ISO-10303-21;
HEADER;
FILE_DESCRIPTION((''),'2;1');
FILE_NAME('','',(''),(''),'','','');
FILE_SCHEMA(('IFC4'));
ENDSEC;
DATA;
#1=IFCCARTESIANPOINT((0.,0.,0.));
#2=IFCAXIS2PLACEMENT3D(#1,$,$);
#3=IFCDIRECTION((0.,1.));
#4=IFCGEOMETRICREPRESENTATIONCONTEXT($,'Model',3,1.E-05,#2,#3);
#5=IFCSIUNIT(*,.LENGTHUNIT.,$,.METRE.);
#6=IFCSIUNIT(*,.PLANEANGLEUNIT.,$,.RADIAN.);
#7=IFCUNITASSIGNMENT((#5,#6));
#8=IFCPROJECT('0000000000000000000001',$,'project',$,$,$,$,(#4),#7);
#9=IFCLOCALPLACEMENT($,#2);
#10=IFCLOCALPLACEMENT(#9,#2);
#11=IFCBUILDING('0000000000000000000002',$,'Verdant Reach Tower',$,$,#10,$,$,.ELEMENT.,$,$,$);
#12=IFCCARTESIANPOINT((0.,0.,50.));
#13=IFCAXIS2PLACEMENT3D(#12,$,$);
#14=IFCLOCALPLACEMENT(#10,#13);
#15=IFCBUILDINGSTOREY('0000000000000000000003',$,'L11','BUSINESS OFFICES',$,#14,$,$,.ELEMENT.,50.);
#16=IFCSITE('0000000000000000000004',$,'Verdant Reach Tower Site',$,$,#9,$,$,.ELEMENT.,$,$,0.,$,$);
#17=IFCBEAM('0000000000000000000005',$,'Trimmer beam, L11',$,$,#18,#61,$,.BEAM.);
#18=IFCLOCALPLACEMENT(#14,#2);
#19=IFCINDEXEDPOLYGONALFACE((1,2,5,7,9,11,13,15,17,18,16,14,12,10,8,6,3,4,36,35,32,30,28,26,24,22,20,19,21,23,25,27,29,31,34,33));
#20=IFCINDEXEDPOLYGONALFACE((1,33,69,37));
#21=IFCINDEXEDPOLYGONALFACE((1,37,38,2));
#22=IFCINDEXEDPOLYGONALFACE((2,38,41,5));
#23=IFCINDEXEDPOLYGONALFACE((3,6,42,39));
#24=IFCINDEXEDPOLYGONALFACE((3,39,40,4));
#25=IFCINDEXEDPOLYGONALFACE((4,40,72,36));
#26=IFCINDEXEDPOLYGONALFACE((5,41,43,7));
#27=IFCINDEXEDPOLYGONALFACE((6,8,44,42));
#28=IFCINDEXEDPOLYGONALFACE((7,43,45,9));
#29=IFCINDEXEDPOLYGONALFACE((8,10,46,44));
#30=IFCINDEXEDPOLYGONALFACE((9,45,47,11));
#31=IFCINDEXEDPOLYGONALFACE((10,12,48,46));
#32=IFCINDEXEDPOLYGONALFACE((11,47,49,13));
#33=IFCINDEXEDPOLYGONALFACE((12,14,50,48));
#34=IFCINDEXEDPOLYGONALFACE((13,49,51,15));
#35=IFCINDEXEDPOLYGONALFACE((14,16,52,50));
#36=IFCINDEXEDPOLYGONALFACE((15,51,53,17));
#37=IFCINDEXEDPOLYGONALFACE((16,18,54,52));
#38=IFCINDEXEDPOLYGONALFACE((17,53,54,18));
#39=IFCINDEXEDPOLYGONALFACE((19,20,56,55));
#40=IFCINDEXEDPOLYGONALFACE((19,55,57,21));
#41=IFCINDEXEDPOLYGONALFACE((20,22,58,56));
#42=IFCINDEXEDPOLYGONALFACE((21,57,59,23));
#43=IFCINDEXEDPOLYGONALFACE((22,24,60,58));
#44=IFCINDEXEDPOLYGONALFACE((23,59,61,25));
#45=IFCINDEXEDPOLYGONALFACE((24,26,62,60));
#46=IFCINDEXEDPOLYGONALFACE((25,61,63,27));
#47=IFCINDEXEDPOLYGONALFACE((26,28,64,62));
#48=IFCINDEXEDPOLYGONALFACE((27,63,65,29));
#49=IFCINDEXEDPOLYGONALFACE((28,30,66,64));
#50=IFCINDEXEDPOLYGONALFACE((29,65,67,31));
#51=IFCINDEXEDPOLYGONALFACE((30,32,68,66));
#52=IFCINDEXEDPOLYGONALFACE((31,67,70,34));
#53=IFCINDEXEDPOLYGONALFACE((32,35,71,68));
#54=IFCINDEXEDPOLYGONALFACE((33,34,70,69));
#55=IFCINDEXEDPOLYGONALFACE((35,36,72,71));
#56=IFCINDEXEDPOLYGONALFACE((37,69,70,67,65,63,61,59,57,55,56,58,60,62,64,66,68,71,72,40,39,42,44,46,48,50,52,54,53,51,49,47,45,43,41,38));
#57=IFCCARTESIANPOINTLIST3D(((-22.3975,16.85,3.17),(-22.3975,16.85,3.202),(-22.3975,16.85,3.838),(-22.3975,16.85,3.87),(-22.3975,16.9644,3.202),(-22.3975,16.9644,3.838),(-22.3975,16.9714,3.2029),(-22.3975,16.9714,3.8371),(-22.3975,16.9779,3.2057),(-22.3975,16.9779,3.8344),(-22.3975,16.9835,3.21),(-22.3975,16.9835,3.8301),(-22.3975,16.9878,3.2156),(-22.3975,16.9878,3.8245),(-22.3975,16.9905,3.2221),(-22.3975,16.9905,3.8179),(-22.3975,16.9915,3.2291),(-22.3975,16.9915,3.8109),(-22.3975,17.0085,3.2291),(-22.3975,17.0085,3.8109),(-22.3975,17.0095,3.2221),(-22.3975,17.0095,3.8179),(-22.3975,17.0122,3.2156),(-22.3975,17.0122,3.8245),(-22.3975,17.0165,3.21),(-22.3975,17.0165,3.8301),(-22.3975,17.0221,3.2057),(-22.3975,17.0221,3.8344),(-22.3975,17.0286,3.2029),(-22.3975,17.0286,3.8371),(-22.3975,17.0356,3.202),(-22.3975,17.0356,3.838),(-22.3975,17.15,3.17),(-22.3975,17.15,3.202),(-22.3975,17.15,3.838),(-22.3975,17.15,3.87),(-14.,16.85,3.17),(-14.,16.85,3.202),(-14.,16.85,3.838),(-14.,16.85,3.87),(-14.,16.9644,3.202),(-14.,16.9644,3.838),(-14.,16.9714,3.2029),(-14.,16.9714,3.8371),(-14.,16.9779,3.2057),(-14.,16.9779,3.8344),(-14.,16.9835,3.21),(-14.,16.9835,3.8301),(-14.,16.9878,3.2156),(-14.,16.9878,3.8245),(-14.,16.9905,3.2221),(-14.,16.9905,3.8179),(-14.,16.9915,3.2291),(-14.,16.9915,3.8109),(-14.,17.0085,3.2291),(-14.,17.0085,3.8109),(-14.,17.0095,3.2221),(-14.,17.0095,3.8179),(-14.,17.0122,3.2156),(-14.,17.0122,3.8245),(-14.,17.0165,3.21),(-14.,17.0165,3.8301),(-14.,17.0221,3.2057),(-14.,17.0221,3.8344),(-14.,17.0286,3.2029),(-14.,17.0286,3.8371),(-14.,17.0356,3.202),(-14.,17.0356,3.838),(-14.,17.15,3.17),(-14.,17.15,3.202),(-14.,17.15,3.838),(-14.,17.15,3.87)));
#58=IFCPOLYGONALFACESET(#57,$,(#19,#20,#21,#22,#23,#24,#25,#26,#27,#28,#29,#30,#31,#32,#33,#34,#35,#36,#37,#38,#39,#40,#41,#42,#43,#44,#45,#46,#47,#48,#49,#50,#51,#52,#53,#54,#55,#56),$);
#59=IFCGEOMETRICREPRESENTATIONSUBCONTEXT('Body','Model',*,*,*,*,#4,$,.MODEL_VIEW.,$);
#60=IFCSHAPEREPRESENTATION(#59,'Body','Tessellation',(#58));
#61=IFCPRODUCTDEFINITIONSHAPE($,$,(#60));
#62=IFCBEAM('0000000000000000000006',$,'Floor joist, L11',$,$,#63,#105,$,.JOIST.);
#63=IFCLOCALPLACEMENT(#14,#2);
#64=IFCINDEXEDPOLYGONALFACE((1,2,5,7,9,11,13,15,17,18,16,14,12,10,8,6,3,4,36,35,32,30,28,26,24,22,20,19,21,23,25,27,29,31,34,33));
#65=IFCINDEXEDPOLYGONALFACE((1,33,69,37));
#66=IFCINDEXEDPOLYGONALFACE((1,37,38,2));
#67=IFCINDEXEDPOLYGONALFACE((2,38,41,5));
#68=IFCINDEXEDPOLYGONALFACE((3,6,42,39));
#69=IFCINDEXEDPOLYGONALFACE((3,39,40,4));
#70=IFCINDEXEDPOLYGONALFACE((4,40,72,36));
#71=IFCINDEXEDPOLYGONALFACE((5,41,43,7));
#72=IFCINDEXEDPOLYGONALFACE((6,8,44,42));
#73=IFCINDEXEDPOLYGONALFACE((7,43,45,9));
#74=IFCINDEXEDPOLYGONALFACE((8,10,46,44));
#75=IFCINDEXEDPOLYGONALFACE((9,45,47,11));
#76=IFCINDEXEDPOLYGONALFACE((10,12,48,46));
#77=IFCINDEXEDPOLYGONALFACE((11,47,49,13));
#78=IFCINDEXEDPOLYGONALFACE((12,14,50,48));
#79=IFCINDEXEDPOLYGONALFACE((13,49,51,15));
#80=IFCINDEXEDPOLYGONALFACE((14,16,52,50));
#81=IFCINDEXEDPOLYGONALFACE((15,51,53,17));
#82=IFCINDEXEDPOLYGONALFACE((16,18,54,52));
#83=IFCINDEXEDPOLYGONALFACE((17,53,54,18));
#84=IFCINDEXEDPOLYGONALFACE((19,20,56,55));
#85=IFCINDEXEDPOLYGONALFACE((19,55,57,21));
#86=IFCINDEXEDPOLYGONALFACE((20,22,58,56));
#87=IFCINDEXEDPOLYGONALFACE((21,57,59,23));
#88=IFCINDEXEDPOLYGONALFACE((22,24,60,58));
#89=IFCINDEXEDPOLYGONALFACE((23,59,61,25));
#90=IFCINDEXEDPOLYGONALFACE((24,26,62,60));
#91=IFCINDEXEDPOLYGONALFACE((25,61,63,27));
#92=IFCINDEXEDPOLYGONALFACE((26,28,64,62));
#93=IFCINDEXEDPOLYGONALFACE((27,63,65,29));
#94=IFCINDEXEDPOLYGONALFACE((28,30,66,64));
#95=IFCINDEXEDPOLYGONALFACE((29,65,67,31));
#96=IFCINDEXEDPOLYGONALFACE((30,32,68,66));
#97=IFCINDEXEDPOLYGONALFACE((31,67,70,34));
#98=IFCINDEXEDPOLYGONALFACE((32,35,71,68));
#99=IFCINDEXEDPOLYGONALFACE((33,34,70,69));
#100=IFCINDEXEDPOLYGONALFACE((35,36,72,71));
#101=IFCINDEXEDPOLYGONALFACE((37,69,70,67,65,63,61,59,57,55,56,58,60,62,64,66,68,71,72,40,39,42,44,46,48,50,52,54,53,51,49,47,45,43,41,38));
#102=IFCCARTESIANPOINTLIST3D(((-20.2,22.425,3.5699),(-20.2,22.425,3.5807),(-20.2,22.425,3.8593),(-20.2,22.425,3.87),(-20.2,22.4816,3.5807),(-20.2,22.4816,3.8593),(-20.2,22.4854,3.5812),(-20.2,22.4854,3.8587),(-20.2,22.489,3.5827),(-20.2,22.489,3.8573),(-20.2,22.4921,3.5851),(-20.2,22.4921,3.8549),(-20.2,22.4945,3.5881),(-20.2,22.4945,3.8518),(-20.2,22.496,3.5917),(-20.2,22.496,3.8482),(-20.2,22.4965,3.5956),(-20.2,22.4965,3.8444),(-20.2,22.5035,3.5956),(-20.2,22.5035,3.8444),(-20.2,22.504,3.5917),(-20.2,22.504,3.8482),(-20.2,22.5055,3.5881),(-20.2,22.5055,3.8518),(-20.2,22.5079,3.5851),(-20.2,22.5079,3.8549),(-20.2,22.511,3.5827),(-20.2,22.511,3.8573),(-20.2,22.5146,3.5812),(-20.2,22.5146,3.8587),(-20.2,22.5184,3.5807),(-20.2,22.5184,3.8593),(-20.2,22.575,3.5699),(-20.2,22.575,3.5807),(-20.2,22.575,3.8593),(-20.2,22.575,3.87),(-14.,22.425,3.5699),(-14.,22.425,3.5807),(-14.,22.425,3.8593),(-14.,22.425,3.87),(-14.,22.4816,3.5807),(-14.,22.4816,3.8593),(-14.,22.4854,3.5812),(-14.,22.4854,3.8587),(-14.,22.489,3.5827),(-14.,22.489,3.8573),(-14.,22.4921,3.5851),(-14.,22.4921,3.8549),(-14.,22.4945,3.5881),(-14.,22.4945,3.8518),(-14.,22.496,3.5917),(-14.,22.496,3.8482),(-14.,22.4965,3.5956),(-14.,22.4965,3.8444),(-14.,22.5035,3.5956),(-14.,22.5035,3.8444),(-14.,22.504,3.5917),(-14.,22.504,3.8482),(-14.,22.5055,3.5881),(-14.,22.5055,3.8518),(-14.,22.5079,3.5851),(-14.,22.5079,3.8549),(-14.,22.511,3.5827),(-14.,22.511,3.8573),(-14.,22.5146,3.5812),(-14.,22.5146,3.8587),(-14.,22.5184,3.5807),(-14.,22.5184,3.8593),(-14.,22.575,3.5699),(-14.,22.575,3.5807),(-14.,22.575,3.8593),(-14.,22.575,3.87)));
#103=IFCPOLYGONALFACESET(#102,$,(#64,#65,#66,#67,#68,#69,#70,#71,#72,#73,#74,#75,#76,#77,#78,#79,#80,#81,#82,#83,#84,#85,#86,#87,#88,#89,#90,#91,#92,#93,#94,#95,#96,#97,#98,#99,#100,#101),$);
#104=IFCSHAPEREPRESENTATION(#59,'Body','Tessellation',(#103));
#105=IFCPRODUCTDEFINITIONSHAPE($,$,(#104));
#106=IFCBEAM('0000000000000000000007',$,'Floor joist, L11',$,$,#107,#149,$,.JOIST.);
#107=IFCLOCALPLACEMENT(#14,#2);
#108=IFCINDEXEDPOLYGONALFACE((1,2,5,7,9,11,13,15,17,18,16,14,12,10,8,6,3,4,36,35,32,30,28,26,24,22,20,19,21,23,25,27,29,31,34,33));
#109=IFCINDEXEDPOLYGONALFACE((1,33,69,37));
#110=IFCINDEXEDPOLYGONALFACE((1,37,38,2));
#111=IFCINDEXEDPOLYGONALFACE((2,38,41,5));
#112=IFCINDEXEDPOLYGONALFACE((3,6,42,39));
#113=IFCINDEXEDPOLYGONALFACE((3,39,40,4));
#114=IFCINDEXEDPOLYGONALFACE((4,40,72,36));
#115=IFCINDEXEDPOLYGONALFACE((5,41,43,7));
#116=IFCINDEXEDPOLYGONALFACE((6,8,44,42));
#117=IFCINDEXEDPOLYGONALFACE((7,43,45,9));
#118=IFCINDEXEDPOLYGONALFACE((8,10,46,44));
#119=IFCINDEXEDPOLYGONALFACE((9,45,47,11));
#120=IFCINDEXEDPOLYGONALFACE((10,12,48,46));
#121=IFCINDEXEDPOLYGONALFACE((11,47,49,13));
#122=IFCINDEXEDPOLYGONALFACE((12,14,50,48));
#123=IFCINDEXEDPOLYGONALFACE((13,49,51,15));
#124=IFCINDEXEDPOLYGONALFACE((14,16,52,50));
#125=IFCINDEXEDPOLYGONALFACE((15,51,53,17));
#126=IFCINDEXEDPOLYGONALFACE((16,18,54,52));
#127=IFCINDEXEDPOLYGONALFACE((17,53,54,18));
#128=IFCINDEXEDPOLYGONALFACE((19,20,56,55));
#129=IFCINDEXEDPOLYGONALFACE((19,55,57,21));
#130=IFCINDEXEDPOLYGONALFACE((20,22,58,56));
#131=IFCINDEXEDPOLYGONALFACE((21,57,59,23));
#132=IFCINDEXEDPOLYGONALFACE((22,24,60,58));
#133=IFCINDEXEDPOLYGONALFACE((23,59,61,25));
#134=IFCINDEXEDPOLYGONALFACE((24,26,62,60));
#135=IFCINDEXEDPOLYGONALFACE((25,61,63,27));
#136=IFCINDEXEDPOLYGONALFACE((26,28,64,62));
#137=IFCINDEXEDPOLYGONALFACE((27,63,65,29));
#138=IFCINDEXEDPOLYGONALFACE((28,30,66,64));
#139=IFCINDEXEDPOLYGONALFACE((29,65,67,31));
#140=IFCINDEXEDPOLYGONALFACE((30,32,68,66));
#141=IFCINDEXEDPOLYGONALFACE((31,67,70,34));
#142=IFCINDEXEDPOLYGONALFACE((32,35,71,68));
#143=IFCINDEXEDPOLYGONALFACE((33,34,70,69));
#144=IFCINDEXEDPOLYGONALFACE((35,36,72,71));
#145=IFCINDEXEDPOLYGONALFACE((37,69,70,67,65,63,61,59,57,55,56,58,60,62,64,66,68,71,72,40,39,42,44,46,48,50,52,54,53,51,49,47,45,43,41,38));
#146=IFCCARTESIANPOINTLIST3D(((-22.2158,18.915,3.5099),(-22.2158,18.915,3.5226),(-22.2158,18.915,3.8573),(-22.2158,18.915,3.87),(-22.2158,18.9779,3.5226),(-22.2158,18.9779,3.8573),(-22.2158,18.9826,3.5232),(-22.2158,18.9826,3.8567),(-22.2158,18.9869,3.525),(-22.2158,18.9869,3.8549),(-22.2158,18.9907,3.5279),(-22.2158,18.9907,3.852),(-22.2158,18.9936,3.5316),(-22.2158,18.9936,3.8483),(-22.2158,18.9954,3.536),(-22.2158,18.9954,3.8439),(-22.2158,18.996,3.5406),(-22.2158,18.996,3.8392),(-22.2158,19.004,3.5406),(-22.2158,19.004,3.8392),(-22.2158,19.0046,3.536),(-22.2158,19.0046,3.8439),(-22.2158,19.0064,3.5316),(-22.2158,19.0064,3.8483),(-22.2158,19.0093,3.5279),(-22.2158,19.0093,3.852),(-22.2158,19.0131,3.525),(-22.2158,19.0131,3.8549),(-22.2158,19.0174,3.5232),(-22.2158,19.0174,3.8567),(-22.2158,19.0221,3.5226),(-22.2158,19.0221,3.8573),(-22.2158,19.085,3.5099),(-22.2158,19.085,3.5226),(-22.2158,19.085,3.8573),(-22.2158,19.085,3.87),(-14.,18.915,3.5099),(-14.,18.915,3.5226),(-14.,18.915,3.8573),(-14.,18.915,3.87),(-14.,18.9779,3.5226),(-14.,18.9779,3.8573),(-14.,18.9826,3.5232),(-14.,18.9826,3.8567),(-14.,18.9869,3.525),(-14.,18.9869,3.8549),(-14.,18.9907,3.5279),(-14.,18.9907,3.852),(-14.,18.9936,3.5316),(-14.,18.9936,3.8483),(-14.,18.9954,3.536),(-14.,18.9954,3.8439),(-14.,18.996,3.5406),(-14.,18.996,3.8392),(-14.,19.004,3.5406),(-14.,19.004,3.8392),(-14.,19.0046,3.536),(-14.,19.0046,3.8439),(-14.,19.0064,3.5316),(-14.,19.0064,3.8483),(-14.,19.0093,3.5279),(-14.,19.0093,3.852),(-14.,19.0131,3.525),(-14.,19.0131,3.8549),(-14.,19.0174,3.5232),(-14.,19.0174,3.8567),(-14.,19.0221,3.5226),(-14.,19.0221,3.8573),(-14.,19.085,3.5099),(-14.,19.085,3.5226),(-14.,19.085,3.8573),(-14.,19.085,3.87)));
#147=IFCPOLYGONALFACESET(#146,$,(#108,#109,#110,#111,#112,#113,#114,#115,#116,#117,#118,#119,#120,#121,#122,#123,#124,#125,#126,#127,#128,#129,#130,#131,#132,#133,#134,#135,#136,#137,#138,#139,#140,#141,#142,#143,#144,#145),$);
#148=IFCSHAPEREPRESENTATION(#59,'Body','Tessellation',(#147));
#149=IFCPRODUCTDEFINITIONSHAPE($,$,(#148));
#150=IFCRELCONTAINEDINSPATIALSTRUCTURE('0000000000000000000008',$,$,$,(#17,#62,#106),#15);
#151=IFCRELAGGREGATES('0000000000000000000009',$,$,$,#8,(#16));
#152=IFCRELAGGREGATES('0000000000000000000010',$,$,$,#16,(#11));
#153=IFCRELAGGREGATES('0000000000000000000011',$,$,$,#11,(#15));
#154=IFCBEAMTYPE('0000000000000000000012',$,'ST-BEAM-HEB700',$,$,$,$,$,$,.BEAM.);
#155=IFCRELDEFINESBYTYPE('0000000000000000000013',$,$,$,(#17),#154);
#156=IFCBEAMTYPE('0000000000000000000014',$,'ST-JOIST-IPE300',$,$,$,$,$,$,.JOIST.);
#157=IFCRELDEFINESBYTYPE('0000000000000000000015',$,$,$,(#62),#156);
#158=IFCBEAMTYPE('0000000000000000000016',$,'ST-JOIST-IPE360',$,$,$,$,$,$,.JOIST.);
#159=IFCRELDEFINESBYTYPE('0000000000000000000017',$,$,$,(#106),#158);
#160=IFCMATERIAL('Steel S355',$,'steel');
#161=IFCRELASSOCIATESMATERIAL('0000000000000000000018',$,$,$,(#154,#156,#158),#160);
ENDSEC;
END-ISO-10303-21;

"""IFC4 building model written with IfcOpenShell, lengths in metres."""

from ifc_helpers import new_model, si_unit, direction, frame, origin, origin_2d, place, context, subcontext, project, spatial, i_section, extrude, material, material_profile, profile_set, type_object, element, save


model = new_model("IFC4")

# Units and contexts
model_context = context("Model", 3, precision=1e-05, world=origin(), true_north=direction((0.0, 1.0)))
body_context = subcontext(model_context, "Body", "Model", "MODEL_VIEW")
ifc_project = project(units=[si_unit("LENGTHUNIT", "METRE"), si_unit("PLANEANGLEUNIT", "RADIAN")], contexts=[model_context])

# Site, building, storey
site_placement = place(None, origin())
site = spatial("IfcSite", under=ifc_project, at=site_placement, Name="Verdant Reach Tower Site", CompositionType="ELEMENT", RefElevation=0.0)
building_placement = place(site_placement, origin())
building = spatial("IfcBuilding", under=site, at=building_placement, Name="Verdant Reach Tower", CompositionType="ELEMENT")
storey_placement = place(building_placement, frame((0.0, 0.0, 50.0)))
storey = spatial("IfcBuildingStorey", under=building, at=storey_placement, Name="L11", Description="BUSINESS OFFICES", CompositionType="ELEMENT", Elevation=50.0)

# Beams
ifc_material_1 = material(Name="Steel S355", Category="steel")
ifc_material_profile_1 = material_profile(ifc_material_1, i_section(OverallWidth=0.3, OverallDepth=0.7, WebThickness=0.0171, FlangeThickness=0.032, FilletRadius=0.0271, at=origin_2d()), Name="HEB 700")
ifc_profile_set_1 = profile_set([ifc_material_profile_1], Name="Steel S355")
beam_type_1 = type_object("IfcBeamType", Name="ST-BEAM-HEB700", PredefinedType="BEAM", material=ifc_profile_set_1)
beam_1_placement = place(storey_placement, frame((-14.0, 17.0, 3.52), z_axis=(-1.0, 0.0, 0.0), x_axis=(0.0, -1.0, 0.0)))
element("IfcBeam", 1, at=beam_1_placement, inside=storey, type_object=beam_type_1, Name="Trimmer beam, L11", PredefinedType="BEAM", context=body_context, shape_type="SweptSolid", body=[
    extrude(i_section(OverallWidth=0.3, OverallDepth=0.7, WebThickness=0.0171, FlangeThickness=0.032, FilletRadius=0.0271, at=origin_2d()), origin(), (0.0, 0.0, 1.0), 8.3975),
])
ifc_material_profile_2 = material_profile(ifc_material_1, i_section(OverallWidth=0.1499, OverallDepth=0.3, WebThickness=0.0071, FlangeThickness=0.0107, FilletRadius=0.0149, at=origin_2d()), Name="IPE 300")
ifc_profile_set_2 = profile_set([ifc_material_profile_2], Name="Steel S355")
beam_type_2 = type_object("IfcBeamType", Name="ST-JOIST-IPE300", PredefinedType="JOIST", material=ifc_profile_set_2)
beam_2_placement = place(storey_placement, frame((-14.0, 22.5, 3.72), z_axis=(-1.0, 0.0, 0.0), x_axis=(0.0, -1.0, 0.0)))
element("IfcBeam", 2, at=beam_2_placement, inside=storey, type_object=beam_type_2, Name="Floor joist, L11", PredefinedType="JOIST", context=body_context, shape_type="SweptSolid", body=[
    extrude(i_section(OverallWidth=0.1499, OverallDepth=0.3, WebThickness=0.0071, FlangeThickness=0.0107, FilletRadius=0.0149, at=origin_2d()), origin(), (0.0, 0.0, 1.0), 6.2),
])
ifc_material_profile_3 = material_profile(ifc_material_1, i_section(OverallWidth=0.1699, OverallDepth=0.3601, WebThickness=0.0081, FlangeThickness=0.0127, FilletRadius=0.0181, at=origin_2d()), Name="IPE 360")
ifc_profile_set_3 = profile_set([ifc_material_profile_3], Name="Steel S355")
beam_type_3 = type_object("IfcBeamType", Name="ST-JOIST-IPE360", PredefinedType="JOIST", material=ifc_profile_set_3)
beam_3_placement = place(storey_placement, frame((-14.0, 19.0, 3.6899), z_axis=(-1.0, 0.0, 0.0), x_axis=(0.0, -1.0, 0.0)))
element("IfcBeam", 3, at=beam_3_placement, inside=storey, type_object=beam_type_3, Name="Floor joist, L11", PredefinedType="JOIST", context=body_context, shape_type="SweptSolid", body=[
    extrude(i_section(OverallWidth=0.1699, OverallDepth=0.3601, WebThickness=0.0081, FlangeThickness=0.0127, FilletRadius=0.0181, at=origin_2d()), origin(), (0.0, 0.0, 1.0), 8.2158),
])

save(model, "model.ifc")
